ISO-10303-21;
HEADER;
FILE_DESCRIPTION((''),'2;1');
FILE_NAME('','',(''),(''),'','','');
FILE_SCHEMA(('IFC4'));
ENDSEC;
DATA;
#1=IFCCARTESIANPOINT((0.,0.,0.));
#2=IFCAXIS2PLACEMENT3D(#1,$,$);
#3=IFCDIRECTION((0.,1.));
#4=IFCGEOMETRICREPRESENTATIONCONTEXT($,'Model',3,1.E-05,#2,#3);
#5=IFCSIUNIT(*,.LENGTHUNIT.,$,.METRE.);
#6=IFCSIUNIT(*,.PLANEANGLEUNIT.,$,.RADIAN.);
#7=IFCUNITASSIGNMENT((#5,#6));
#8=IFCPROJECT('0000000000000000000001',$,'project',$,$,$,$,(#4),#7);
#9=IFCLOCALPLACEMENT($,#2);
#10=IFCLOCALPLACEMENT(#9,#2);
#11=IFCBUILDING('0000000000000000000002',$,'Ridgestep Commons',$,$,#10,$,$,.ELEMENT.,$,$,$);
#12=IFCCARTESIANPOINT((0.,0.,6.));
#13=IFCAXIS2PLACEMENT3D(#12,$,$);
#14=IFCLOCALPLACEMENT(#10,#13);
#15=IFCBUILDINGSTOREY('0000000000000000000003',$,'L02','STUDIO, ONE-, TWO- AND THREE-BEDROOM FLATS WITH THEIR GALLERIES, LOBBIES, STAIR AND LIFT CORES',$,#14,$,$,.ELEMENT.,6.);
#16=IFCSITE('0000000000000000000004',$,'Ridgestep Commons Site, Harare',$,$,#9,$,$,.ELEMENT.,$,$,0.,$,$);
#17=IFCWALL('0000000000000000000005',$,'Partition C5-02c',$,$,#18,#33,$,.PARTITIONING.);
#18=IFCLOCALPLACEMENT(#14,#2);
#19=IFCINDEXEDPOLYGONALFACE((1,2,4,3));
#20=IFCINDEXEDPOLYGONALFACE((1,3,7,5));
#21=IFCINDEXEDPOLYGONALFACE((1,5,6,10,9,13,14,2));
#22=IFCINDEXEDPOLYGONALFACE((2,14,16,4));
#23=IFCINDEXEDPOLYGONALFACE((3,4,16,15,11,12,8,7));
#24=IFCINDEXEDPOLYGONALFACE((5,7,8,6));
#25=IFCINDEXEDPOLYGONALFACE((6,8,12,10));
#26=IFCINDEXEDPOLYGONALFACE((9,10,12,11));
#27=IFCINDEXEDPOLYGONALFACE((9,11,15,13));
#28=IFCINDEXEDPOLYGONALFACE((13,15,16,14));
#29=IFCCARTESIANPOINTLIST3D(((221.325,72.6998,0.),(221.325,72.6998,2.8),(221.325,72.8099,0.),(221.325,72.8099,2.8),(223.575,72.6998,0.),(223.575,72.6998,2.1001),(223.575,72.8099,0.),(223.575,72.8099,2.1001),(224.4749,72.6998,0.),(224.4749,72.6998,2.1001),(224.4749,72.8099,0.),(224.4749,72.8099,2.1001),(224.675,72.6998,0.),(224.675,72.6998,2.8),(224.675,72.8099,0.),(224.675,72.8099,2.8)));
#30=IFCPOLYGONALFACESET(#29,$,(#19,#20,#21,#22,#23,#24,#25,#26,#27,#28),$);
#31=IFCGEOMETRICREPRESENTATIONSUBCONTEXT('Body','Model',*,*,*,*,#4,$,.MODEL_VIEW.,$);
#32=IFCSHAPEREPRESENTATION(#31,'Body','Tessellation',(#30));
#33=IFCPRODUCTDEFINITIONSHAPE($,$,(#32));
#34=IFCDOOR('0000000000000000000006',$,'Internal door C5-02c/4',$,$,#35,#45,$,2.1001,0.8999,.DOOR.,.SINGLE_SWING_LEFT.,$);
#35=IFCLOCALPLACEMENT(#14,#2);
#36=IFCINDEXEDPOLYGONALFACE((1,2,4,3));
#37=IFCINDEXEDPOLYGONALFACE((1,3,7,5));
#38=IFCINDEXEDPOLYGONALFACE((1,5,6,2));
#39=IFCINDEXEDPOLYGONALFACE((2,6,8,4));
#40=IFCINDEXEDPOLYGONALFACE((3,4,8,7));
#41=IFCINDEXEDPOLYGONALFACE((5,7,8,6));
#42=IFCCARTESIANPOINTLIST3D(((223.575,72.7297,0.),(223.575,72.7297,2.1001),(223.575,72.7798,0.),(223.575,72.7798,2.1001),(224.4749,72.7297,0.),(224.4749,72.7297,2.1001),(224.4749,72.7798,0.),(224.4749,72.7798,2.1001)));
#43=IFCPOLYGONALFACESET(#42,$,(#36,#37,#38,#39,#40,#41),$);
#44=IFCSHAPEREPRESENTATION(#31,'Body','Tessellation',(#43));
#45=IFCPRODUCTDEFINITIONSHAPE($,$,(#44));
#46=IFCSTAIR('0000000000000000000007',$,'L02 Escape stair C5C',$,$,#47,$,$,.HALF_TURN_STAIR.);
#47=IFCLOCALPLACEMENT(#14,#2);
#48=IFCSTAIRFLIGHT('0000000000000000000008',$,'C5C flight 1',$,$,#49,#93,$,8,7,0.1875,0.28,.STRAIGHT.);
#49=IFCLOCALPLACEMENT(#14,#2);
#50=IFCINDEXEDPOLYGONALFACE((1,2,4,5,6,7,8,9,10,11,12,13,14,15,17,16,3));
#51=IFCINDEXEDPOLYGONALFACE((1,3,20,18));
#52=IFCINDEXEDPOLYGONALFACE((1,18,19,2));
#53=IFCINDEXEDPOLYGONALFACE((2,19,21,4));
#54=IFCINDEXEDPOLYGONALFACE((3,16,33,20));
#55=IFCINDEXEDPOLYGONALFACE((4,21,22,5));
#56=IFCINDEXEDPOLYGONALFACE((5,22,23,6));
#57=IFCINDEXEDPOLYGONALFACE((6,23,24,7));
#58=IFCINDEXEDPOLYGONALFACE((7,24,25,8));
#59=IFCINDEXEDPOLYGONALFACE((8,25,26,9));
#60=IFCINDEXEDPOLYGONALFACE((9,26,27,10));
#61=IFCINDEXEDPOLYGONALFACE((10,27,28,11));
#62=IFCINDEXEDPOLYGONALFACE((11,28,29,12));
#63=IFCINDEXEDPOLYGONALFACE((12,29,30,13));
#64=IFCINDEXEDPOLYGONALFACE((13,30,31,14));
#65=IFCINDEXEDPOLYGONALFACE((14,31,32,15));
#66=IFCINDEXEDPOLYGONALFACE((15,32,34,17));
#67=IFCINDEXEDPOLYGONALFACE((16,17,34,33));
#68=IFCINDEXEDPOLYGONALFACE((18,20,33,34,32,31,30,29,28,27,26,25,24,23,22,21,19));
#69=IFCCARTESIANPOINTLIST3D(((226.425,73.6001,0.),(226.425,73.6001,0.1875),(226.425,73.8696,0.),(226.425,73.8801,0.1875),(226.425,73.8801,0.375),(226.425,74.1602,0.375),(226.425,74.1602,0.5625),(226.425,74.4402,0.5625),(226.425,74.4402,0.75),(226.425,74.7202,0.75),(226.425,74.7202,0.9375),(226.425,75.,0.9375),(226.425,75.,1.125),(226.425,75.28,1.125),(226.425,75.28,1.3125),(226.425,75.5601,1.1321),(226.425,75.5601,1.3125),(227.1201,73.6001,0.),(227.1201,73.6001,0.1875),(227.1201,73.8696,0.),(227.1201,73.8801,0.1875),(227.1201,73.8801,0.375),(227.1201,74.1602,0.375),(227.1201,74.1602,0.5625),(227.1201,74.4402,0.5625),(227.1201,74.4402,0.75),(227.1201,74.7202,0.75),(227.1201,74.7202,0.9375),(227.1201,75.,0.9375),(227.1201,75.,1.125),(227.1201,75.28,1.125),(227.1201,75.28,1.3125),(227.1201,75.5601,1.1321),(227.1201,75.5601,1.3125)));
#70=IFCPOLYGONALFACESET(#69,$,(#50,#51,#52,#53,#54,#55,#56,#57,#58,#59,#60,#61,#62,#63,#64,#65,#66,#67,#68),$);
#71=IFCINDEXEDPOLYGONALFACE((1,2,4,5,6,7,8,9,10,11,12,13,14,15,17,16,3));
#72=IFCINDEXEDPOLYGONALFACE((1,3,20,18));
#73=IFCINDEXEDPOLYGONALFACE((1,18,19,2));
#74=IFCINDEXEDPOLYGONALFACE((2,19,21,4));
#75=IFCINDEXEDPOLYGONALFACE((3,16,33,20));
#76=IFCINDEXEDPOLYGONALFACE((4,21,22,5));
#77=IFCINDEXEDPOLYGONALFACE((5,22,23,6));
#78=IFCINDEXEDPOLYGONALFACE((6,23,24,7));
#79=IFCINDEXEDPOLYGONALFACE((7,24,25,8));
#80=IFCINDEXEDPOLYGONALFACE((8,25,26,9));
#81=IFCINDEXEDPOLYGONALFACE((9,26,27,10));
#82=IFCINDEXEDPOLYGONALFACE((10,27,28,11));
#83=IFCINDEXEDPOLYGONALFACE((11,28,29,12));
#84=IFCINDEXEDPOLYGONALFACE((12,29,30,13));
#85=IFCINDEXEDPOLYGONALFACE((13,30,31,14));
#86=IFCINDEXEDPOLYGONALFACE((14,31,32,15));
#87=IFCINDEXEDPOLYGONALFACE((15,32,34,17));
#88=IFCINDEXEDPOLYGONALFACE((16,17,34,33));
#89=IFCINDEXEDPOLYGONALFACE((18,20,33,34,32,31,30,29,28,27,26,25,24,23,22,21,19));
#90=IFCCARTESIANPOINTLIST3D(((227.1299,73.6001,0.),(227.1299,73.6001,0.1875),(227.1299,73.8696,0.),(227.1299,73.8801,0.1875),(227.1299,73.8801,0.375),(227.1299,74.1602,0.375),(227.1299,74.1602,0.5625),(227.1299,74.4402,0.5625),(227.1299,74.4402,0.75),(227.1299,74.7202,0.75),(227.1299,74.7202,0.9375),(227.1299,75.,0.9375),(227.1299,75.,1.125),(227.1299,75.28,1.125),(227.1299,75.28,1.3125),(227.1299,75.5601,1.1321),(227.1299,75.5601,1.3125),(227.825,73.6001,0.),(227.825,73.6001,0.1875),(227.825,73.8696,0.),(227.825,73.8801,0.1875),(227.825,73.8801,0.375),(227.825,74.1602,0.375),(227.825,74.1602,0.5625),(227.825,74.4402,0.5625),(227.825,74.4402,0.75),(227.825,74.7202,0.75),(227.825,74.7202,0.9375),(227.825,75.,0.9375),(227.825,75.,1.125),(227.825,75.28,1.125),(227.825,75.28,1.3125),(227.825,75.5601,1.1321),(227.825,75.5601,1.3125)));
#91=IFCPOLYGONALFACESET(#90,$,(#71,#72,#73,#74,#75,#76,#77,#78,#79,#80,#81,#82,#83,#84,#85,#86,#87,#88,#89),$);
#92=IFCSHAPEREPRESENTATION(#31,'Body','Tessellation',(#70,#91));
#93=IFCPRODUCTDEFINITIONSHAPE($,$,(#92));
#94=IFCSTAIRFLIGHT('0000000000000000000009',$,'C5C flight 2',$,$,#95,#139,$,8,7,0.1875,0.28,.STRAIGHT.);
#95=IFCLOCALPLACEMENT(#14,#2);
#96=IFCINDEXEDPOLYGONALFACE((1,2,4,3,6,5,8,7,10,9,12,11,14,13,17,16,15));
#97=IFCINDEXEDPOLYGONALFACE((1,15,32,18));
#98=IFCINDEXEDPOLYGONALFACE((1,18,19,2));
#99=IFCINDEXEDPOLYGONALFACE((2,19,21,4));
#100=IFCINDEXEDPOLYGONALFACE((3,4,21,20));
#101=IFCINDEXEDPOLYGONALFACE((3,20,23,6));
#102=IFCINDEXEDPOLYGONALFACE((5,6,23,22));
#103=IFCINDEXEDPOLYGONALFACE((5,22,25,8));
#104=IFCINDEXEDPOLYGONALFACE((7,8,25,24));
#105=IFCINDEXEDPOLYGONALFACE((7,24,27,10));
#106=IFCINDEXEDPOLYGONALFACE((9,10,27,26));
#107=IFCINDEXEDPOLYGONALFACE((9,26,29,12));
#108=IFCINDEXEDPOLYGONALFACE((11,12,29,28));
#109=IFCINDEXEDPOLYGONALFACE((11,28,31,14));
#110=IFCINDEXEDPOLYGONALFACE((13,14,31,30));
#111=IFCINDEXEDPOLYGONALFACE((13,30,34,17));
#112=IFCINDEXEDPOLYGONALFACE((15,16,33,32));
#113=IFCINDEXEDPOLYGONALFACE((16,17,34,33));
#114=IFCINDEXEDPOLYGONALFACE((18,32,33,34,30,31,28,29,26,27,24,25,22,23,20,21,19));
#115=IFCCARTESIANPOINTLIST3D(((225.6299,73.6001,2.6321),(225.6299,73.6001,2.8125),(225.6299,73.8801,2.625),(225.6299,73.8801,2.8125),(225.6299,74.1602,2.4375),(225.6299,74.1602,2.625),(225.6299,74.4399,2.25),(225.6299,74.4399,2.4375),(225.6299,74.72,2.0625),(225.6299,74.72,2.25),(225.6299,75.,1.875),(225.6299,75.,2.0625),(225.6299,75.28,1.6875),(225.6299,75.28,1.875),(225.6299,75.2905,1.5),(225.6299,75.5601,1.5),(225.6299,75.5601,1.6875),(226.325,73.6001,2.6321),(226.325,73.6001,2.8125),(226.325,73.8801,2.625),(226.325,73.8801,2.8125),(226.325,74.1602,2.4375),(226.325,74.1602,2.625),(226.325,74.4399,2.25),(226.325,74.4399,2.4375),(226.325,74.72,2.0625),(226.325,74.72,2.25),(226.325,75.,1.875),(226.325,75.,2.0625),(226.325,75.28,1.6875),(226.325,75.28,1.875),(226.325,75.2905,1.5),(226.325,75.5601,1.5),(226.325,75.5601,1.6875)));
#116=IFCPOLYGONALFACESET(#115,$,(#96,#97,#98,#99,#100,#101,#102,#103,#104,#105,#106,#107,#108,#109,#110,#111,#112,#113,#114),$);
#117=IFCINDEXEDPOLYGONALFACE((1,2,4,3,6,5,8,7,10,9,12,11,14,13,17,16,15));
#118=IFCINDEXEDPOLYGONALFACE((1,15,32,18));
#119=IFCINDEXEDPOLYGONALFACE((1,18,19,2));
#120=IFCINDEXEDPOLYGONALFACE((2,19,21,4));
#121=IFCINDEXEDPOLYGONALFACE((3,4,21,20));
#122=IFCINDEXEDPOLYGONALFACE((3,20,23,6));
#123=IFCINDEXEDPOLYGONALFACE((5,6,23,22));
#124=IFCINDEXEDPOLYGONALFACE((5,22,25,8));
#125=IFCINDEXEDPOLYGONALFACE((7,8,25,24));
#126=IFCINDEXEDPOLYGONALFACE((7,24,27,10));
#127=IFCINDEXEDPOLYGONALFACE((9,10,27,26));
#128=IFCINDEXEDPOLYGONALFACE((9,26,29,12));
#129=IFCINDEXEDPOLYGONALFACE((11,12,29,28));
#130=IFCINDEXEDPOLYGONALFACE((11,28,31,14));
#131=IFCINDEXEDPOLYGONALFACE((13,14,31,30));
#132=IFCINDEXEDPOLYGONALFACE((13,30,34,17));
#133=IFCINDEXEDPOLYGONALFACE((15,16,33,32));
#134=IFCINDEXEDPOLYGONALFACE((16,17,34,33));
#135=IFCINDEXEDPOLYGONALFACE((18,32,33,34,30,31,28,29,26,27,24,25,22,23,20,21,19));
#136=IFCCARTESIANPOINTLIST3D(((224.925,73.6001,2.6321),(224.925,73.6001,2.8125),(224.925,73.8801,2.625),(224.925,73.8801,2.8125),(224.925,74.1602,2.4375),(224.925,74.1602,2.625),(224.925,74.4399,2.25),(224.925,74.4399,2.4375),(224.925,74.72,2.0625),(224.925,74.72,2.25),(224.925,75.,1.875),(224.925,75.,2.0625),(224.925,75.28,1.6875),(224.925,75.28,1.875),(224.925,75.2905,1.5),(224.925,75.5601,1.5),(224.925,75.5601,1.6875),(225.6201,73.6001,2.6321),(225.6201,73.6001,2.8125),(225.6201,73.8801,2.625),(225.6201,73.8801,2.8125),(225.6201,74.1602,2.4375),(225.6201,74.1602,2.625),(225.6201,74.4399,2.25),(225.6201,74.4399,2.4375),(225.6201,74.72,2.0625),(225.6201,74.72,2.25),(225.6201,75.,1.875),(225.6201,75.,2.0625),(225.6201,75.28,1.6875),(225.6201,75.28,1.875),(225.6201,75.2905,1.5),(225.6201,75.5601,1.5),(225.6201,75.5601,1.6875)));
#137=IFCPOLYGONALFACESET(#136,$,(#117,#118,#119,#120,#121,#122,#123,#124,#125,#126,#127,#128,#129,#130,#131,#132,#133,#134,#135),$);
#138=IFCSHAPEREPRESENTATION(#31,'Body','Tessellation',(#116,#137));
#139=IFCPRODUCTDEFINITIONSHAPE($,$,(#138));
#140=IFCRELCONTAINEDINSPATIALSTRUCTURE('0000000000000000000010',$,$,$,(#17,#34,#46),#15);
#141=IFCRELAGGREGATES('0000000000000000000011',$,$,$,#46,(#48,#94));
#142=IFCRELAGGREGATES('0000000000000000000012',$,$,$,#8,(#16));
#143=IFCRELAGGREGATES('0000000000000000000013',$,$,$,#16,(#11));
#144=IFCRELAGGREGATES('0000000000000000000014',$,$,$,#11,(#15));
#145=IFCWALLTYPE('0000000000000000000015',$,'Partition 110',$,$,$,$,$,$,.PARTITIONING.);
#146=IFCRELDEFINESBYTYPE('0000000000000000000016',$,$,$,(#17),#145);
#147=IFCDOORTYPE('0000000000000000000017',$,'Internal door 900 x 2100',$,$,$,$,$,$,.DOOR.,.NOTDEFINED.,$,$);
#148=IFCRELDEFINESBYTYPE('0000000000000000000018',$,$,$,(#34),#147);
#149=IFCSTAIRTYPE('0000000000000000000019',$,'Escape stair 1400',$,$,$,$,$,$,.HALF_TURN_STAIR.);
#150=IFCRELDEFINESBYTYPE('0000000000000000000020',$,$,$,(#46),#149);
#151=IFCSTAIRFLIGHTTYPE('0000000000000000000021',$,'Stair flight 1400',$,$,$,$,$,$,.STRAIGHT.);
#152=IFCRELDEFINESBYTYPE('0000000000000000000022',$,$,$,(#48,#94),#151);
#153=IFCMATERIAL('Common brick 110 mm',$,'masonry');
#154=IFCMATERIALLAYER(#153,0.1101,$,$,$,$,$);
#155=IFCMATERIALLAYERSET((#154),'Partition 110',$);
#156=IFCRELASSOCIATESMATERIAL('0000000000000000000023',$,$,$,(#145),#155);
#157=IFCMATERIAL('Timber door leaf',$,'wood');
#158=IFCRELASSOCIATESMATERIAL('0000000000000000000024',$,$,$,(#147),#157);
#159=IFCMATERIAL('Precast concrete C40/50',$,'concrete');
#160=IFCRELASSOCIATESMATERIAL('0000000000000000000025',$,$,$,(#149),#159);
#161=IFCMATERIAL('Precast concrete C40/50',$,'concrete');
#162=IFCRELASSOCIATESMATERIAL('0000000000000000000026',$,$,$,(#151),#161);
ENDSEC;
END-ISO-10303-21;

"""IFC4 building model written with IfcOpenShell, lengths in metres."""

from ifc_helpers import new_model, si_unit, direction, frame, frame_2d, origin, place, context, subcontext, project, spatial, polyline, rectangle, outline, extrude, material, layer, layer_set, type_object, element, fill, aggregate, save


model = new_model("IFC4")

# Units and contexts
model_context = context("Model", 3, precision=1e-05, world=origin(), true_north=direction((0.0, 1.0)))
body_context = subcontext(model_context, "Body", "Model", "MODEL_VIEW")
ifc_project = project(units=[si_unit("LENGTHUNIT", "METRE"), si_unit("PLANEANGLEUNIT", "RADIAN")], contexts=[model_context])

# Site, building, storey
site_placement = place(None, origin())
site = spatial("IfcSite", under=ifc_project, at=site_placement, Name="Ridgestep Commons Site, Harare", CompositionType="ELEMENT", RefElevation=0.0)
building_placement = place(site_placement, origin())
building = spatial("IfcBuilding", under=site, at=building_placement, Name="Ridgestep Commons", CompositionType="ELEMENT")
storey_placement = place(building_placement, frame((0.0, 0.0, 6.0)))
storey = spatial("IfcBuildingStorey", under=building, at=storey_placement, Name="L02", Description="STUDIO, ONE-, TWO- AND THREE-BEDROOM FLATS WITH THEIR GALLERIES, LOBBIES, STAIR AND LIFT CORES", CompositionType="ELEMENT", Elevation=6.0)

# Wall, opening, door
ifc_material_1 = material(Name="Common brick 110 mm", Category="masonry")
ifc_layer_1 = layer(ifc_material_1, 0.1101)
ifc_layer_set_1 = layer_set([ifc_layer_1], Name="Partition 110")
wall_type_1 = type_object("IfcWallType", Name="Partition 110", PredefinedType="PARTITIONING", material=ifc_layer_set_1)
wall_1_placement = place(storey_placement, frame((221.325, 72.7549, 0.0), z_axis=(0.0, 0.0, 1.0), x_axis=(1.0, 0.0, 0.0)))
wall_1 = element("IfcWall", 1, at=wall_1_placement, inside=storey, type_object=wall_type_1, Name="Partition C5-02c", PredefinedType="PARTITIONING", context=body_context, shape_type="SweptSolid", body=[
    extrude(rectangle(XDim=3.3501, YDim=0.1101, at=frame_2d((1.675, 0.0))), origin(), (0.0, 0.0, 1.0), 2.8),
])
opening_1_placement = place(wall_1_placement, frame((2.25, 0.0, 0.0)))
opening_1 = element("IfcOpeningElement", 2, at=opening_1_placement, cuts=wall_1, PredefinedType="OPENING", context=body_context, shape_type="SweptSolid", body=[
    extrude(rectangle(XDim=0.8999, YDim=2.1001, at=frame_2d((0.45, 1.05))), frame((0.0, 0.0649, 0.0), z_axis=(0.0, -1.0, 0.0), x_axis=(1.0, 0.0, 0.0)), (0.0, 0.0, 1.0), 0.1301),
])
ifc_material_2 = material(Name="Timber door leaf", Category="wood")
door_type = type_object("IfcDoorType", Name="Internal door 900 x 2100", OperationType="NOTDEFINED", PredefinedType="DOOR", material=ifc_material_2)
door_placement = place(opening_1_placement, origin())
door = element("IfcDoor", 3, at=door_placement, inside=storey, type_object=door_type, Name="Internal door C5-02c/4", OperationType="SINGLE_SWING_LEFT", OverallHeight=2.1001, OverallWidth=0.8999, PredefinedType="DOOR", context=body_context, shape_type="SweptSolid", body=[
    extrude(rectangle(XDim=0.8999, YDim=2.1001, at=frame_2d((0.45, 1.05))), frame((0.0, 0.0249, 0.0), z_axis=(0.0, -1.0, 0.0), x_axis=(1.0, 0.0, 0.0)), (0.0, 0.0, 1.0), 0.05),
])
fill(opening_1, door)

# Stair, stair flights
ifc_material_3 = material(Name="Precast concrete C40/50", Category="concrete")
stair_type = type_object("IfcStairType", Name="Escape stair 1400", PredefinedType="HALF_TURN_STAIR", material=ifc_material_3)
stair_placement = place(storey_placement, origin())
stair = element("IfcStair", 4, at=stair_placement, inside=storey, type_object=stair_type, Name="L02 Escape stair C5C", PredefinedType="HALF_TURN_STAIR")
ifc_material_4 = material(Name="Precast concrete C40/50", Category="concrete")
stair_flight_type = type_object("IfcStairFlightType", Name="Stair flight 1400", PredefinedType="STRAIGHT", material=ifc_material_4)
stair_flight_1_placement = place(storey_placement, frame((227.125, 73.6001, 0.0), z_axis=(0.0, 0.0, 1.0), x_axis=(0.0, 1.0, 0.0)))
stair_flight_1 = element("IfcStairFlight", 5, at=stair_flight_1_placement, type_object=stair_flight_type, Name="C5C flight 1", NumberOfRisers=8, NumberOfTreads=7, PredefinedType="STRAIGHT", RiserHeight=0.1875, TreadLength=0.28, context=body_context, shape_type="SweptSolid", body=[
    extrude(outline(polyline([(0.0, 0.0), (0.0, 0.1875), (0.28, 0.1875), (0.28, 0.375), (0.5601, 0.375), (0.5601, 0.5625), (0.8401, 0.5625), (0.8401, 0.75), (1.1201, 0.75), (1.1201, 0.9375), (1.3999, 0.9375), (1.3999, 1.125), (1.6799, 1.125), (1.6799, 1.3125), (1.96, 1.3125), (1.96, 1.5), (1.96, 1.1321), (0.2695, 0.0), (0.0, 0.0)])), frame((0.0, 0.7, 0.0), z_axis=(0.0, -1.0, 0.0), x_axis=(1.0, 0.0, 0.0)), (0.0, 0.0, 1.0), 0.6951),
    extrude(outline(polyline([(0.0, 0.0), (0.0, 0.1875), (0.28, 0.1875), (0.28, 0.375), (0.5601, 0.375), (0.5601, 0.5625), (0.8401, 0.5625), (0.8401, 0.75), (1.1201, 0.75), (1.1201, 0.9375), (1.3999, 0.9375), (1.3999, 1.125), (1.6799, 1.125), (1.6799, 1.3125), (1.96, 1.3125), (1.96, 1.5), (1.96, 1.1321), (0.2695, 0.0), (0.0, 0.0)])), frame((0.0, -0.0049, 0.0), z_axis=(0.0, -1.0, 0.0), x_axis=(1.0, 0.0, 0.0)), (0.0, 0.0, 1.0), 0.6951),
])
stair_flight_2_placement = place(storey_placement, frame((225.625, 75.5601, 1.5), z_axis=(0.0, 0.0, 1.0), x_axis=(0.0, -1.0, 0.0)))
stair_flight_2 = element("IfcStairFlight", 6, at=stair_flight_2_placement, type_object=stair_flight_type, Name="C5C flight 2", NumberOfRisers=8, NumberOfTreads=7, PredefinedType="STRAIGHT", RiserHeight=0.1875, TreadLength=0.28, context=body_context, shape_type="SweptSolid", body=[
    extrude(outline(polyline([(0.0, 0.0), (0.0, 0.1875), (0.28, 0.1875), (0.28, 0.375), (0.5601, 0.375), (0.5601, 0.5625), (0.8401, 0.5625), (0.8401, 0.75), (1.1201, 0.75), (1.1201, 0.9375), (1.3999, 0.9375), (1.3999, 1.125), (1.6799, 1.125), (1.6799, 1.3125), (1.96, 1.3125), (1.96, 1.5), (1.96, 1.1321), (0.2695, 0.0), (0.0, 0.0)])), frame((0.0, 0.7, 0.0), z_axis=(0.0, -1.0, 0.0), x_axis=(1.0, 0.0, 0.0)), (0.0, 0.0, 1.0), 0.6951),
    extrude(outline(polyline([(0.0, 0.0), (0.0, 0.1875), (0.28, 0.1875), (0.28, 0.375), (0.5601, 0.375), (0.5601, 0.5625), (0.8401, 0.5625), (0.8401, 0.75), (1.1201, 0.75), (1.1201, 0.9375), (1.3999, 0.9375), (1.3999, 1.125), (1.6799, 1.125), (1.6799, 1.3125), (1.96, 1.3125), (1.96, 1.5), (1.96, 1.1321), (0.2695, 0.0), (0.0, 0.0)])), frame((0.0, -0.0049, 0.0), z_axis=(0.0, -1.0, 0.0), x_axis=(1.0, 0.0, 0.0)), (0.0, 0.0, 1.0), 0.6951),
])
aggregate(stair, [stair_flight_1, stair_flight_2])

save(model, "model.ifc")
